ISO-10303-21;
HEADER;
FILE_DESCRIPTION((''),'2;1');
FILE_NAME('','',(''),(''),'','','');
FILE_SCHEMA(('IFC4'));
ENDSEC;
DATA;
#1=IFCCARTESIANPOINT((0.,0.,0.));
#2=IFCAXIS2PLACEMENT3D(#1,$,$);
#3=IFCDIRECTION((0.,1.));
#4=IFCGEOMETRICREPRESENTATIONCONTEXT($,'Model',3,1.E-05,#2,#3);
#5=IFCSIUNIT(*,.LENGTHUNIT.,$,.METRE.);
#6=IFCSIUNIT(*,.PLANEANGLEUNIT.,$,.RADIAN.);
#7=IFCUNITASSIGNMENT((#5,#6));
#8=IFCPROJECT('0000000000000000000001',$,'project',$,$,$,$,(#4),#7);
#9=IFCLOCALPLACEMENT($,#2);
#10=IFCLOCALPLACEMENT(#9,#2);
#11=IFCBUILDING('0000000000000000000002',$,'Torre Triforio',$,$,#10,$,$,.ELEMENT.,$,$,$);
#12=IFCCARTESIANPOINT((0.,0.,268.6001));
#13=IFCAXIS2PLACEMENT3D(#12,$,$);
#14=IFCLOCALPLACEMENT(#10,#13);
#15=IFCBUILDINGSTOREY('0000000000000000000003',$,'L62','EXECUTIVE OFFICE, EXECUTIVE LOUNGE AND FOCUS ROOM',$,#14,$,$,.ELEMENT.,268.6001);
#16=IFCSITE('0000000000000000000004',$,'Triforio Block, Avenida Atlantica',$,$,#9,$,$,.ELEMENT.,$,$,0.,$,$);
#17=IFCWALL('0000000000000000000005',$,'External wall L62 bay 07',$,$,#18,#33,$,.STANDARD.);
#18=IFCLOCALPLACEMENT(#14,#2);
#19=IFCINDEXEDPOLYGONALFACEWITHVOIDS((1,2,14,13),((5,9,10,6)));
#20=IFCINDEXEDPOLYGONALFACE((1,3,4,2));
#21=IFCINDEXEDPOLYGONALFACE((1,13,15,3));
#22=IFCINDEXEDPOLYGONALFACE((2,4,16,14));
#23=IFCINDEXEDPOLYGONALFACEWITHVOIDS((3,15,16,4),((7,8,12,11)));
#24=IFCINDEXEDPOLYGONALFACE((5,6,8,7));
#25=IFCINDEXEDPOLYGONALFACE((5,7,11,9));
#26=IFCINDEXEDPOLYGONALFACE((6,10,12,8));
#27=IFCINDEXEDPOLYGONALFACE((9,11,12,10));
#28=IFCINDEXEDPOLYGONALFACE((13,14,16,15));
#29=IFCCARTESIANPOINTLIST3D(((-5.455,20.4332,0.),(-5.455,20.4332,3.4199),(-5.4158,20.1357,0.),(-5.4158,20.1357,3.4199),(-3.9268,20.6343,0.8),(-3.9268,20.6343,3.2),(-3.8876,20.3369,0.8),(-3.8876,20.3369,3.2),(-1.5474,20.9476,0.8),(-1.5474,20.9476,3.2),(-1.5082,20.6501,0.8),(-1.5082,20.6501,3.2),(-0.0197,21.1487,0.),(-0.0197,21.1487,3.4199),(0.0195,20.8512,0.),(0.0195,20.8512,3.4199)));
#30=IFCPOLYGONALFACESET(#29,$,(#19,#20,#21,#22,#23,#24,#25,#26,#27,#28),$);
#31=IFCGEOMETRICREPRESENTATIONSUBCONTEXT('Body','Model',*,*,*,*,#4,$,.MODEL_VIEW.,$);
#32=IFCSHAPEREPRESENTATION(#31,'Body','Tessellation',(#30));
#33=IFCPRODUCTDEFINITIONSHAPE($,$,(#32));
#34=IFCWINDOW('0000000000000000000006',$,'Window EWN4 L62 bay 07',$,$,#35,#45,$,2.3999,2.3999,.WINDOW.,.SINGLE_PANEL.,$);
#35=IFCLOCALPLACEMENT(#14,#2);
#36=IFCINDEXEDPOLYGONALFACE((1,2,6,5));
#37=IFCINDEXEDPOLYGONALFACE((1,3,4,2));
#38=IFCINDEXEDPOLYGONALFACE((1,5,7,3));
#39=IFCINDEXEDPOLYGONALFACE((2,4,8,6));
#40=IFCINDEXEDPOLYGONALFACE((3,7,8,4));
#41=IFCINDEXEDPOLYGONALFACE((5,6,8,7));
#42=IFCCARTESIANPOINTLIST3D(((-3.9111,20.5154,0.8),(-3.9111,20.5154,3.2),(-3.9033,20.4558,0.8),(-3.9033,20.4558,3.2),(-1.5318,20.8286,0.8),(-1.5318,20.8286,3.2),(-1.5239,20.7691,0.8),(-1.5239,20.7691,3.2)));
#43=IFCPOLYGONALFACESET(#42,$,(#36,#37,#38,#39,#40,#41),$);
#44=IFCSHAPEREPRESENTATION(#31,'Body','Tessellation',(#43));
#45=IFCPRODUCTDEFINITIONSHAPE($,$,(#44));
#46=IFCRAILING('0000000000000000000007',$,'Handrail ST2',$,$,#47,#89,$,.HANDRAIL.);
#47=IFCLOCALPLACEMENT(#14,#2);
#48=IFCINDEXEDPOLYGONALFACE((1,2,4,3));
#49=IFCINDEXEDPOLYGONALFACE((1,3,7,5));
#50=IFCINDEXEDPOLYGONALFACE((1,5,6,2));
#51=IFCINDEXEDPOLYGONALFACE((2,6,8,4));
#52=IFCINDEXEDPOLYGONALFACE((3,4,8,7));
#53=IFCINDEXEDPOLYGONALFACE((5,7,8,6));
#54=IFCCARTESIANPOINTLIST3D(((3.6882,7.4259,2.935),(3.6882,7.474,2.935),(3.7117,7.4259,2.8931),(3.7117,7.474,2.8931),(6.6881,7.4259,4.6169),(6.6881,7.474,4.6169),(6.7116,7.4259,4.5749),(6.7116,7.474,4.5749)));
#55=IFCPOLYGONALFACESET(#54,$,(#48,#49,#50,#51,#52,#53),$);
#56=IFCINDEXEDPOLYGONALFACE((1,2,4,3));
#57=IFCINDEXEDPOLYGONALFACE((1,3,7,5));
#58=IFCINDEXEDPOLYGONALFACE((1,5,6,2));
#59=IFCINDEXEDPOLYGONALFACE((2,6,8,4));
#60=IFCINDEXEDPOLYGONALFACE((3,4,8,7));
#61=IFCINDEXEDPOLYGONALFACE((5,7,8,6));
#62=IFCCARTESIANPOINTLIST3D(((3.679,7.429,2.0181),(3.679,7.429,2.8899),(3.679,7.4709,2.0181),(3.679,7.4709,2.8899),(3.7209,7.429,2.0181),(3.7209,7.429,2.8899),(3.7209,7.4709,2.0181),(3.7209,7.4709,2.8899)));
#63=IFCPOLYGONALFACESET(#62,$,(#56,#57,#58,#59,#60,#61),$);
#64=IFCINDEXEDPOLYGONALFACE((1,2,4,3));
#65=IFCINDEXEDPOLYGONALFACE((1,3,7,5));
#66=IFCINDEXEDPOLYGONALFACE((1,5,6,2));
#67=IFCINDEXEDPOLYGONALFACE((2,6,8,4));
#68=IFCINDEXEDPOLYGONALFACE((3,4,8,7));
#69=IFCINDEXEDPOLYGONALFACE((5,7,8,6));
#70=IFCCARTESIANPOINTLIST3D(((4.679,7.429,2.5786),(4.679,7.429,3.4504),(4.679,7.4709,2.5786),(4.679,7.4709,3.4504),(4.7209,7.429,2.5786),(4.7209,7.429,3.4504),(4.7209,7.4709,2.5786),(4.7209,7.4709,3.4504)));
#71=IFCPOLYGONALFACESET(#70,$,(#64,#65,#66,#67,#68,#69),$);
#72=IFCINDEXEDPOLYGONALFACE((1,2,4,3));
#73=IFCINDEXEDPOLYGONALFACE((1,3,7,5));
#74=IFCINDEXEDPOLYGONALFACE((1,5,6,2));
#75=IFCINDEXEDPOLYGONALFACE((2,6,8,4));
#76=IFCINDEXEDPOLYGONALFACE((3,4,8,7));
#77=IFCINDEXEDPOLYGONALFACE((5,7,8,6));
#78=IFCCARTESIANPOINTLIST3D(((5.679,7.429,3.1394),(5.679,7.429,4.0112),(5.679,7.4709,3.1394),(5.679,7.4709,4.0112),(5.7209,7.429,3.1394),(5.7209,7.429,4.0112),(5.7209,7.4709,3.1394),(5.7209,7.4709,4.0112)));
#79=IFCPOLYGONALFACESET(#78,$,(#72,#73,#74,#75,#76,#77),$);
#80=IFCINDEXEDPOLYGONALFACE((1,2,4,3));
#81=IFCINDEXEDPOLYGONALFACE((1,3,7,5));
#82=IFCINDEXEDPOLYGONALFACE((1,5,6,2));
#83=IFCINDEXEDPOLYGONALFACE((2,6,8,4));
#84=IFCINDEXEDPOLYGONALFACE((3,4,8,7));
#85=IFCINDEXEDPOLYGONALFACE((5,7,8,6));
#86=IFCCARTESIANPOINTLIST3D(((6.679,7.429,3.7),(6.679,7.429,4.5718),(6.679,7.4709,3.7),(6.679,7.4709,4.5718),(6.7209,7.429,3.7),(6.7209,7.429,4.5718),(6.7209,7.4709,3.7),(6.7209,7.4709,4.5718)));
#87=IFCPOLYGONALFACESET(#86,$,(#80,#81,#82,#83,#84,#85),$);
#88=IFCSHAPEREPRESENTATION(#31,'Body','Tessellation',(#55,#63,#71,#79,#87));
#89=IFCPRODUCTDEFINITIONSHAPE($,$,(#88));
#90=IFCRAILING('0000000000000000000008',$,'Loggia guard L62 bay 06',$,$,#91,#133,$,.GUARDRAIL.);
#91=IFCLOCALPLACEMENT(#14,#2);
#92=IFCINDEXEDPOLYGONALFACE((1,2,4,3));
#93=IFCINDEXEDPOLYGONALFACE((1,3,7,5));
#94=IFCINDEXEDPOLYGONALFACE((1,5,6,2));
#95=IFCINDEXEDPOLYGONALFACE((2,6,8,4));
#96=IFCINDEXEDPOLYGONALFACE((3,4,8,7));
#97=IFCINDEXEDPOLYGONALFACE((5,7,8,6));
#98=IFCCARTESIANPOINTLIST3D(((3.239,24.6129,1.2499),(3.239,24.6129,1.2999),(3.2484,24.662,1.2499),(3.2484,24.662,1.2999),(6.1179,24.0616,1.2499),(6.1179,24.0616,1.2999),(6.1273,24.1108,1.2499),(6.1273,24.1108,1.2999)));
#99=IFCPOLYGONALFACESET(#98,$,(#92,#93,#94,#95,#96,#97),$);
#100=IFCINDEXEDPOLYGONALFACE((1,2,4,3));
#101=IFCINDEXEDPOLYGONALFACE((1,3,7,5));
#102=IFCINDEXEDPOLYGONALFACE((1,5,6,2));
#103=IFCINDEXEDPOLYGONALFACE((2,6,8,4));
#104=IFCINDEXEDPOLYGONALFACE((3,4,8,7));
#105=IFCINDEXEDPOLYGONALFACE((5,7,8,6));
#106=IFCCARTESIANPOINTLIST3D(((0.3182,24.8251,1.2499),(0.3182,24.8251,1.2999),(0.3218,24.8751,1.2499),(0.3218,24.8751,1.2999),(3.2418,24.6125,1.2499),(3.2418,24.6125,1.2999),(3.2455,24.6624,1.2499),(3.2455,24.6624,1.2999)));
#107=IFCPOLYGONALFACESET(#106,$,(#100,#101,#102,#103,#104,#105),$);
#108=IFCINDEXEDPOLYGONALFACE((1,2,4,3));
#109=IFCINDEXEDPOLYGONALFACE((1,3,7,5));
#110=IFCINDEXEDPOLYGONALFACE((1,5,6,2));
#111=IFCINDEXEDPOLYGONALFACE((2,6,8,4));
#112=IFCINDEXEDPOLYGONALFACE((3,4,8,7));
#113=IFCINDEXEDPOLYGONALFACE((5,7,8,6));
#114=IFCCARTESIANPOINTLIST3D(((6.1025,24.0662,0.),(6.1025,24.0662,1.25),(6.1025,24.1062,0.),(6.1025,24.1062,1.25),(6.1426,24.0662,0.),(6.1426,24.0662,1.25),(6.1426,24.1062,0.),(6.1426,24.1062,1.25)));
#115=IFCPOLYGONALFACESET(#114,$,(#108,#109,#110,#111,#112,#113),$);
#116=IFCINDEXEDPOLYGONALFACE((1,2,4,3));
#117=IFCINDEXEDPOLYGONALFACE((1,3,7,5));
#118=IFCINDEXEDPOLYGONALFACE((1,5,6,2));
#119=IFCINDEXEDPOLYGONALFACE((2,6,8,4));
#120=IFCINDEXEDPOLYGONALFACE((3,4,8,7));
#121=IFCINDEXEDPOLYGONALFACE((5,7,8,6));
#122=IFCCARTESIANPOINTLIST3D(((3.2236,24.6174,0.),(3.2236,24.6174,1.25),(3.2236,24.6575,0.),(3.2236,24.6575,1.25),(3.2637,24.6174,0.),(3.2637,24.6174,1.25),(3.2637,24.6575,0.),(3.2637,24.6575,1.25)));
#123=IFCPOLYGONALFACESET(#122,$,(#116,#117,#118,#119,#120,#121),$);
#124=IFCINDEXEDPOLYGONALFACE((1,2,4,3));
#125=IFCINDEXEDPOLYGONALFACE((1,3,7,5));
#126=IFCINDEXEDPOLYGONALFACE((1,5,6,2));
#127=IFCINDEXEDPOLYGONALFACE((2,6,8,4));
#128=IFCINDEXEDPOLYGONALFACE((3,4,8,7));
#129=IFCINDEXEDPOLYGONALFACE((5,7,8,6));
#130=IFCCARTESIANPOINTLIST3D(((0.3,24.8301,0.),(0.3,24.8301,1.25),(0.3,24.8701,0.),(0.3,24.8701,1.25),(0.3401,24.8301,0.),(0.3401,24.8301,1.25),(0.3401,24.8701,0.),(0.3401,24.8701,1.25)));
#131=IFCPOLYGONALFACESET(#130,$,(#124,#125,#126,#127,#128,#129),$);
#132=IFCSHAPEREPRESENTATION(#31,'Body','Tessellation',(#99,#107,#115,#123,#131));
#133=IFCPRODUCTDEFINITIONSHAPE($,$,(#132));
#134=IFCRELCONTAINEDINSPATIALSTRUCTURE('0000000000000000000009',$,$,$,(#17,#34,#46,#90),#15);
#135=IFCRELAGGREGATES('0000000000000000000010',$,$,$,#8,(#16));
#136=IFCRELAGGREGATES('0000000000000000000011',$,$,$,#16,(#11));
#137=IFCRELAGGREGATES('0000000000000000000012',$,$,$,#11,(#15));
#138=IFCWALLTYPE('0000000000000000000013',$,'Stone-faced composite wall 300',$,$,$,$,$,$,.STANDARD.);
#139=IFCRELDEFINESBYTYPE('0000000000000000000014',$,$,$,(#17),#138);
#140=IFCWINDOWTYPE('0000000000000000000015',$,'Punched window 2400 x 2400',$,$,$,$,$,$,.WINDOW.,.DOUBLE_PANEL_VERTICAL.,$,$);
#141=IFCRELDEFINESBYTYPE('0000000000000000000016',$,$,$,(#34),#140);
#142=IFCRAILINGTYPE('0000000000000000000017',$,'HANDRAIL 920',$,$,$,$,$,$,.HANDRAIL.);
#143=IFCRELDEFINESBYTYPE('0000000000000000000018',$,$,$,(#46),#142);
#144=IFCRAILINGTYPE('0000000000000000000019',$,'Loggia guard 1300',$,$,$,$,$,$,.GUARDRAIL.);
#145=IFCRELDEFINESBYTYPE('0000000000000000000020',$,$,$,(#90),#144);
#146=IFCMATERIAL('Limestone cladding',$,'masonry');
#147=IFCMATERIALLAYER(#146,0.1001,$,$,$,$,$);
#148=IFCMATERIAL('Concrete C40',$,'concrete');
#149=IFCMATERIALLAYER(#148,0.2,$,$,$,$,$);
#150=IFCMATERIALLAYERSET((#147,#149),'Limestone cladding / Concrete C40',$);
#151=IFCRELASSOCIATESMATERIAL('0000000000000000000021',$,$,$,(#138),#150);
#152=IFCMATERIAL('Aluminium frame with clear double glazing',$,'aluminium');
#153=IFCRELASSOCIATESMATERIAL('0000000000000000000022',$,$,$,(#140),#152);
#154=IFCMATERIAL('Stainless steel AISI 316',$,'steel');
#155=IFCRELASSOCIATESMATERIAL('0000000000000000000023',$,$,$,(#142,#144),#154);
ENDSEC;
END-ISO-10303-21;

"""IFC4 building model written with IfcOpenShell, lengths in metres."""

from ifc_helpers import new_model, si_unit, direction, frame, frame_2d, origin, origin_2d, place, context, subcontext, project, spatial, rectangle, extrude, material, layer, layer_set, type_object, element, fill, save


model = new_model("IFC4")

# Units and contexts
model_context = context("Model", 3, precision=1e-05, world=origin(), true_north=direction((0.0, 1.0)))
body_context = subcontext(model_context, "Body", "Model", "MODEL_VIEW")
ifc_project = project(units=[si_unit("LENGTHUNIT", "METRE"), si_unit("PLANEANGLEUNIT", "RADIAN")], contexts=[model_context])

# Site, building, storey
site_placement = place(None, origin())
site = spatial("IfcSite", under=ifc_project, at=site_placement, Name="Triforio Block, Avenida Atlantica", CompositionType="ELEMENT", RefElevation=0.0)
building_placement = place(site_placement, origin())
building = spatial("IfcBuilding", under=site, at=building_placement, Name="Torre Triforio", CompositionType="ELEMENT")
storey_placement = place(building_placement, frame((0.0, 0.0, 268.6001)))
storey = spatial("IfcBuildingStorey", under=building, at=storey_placement, Name="L62", Description="EXECUTIVE OFFICE, EXECUTIVE LOUNGE AND FOCUS ROOM", CompositionType="ELEMENT", Elevation=268.6001)

# Shared definitions
ifc_material_1 = material(Name="Concrete C40", Category="concrete")

# Shared definitions
ifc_material_2 = material(Name="Limestone cladding", Category="masonry")
ifc_layer_1 = layer(ifc_material_2, 0.1001)
ifc_layer_2 = layer(ifc_material_1, 0.2)
ifc_layer_set_1 = layer_set([ifc_layer_1, ifc_layer_2], Name="Limestone cladding / Concrete C40")
wall_type_1 = type_object("IfcWallType", Name="Stone-faced composite wall 300", PredefinedType="STANDARD", material=ifc_layer_set_1)
ifc_material_3 = material(Name="Aluminium frame with clear double glazing", Category="aluminium")

# Wall, opening, window
wall_1_placement = place(storey_placement, frame((0.0, 21.0, 0.0), z_axis=(0.0, 0.0, 1.0), x_axis=(-0.991445, -0.130527, 0.0)))
wall_1 = element("IfcWall", 1, at=wall_1_placement, inside=storey, type_object=wall_type_1, Name="External wall L62 bay 07", PredefinedType="STANDARD", context=body_context, shape_type="SweptSolid", body=[
    extrude(rectangle(XDim=5.4822, YDim=0.3, at=frame_2d((2.7412, 0.0))), origin(), (0.0, 0.0, 1.0), 3.4199),
])
opening_1_placement = place(wall_1_placement, frame((1.541, 0.0, 0.8)))
opening_1 = element("IfcOpeningElement", 2, at=opening_1_placement, cuts=wall_1, PredefinedType="OPENING", context=body_context, shape_type="SweptSolid", body=[
    extrude(rectangle(XDim=2.3999, YDim=2.3999, at=frame_2d((1.2, 1.2))), frame((0.0, 0.1599, 0.0), z_axis=(0.0, -1.0, 0.0), x_axis=(1.0, 0.0, 0.0)), (0.0, 0.0, 1.0), 0.3201),
])
window_type_1 = type_object("IfcWindowType", Name="Punched window 2400 x 2400", PartitioningType="DOUBLE_PANEL_VERTICAL", PredefinedType="WINDOW", material=ifc_material_3)
window_1_placement = place(opening_1_placement, origin())
window_1 = element("IfcWindow", 3, at=window_1_placement, inside=storey, type_object=window_type_1, Name="Window EWN4 L62 bay 07", OverallHeight=2.3999, OverallWidth=2.3999, PartitioningType="SINGLE_PANEL", PredefinedType="WINDOW", context=body_context, shape_type="SweptSolid", body=[
    extrude(rectangle(XDim=2.3999, YDim=2.3999, at=frame_2d((1.2, 1.2))), frame((0.0, 0.03, 0.0), z_axis=(0.0, -1.0, 0.0), x_axis=(1.0, 0.0, 0.0)), (0.0, 0.0, 1.0), 0.0601),
])
fill(opening_1, window_1)

# Railings
ifc_material_4 = material(Name="Stainless steel AISI 316", Category="steel")
railing_type_1 = type_object("IfcRailingType", Name="HANDRAIL 920", PredefinedType="HANDRAIL", material=ifc_material_4)
railing_1_placement = place(storey_placement, frame((3.7, 7.45, 2.0181)))
element("IfcRailing", 4, at=railing_1_placement, inside=storey, type_object=railing_type_1, Name="Handrail ST2", PredefinedType="HANDRAIL", context=body_context, shape_type="SweptSolid", body=[
    extrude(rectangle(XDim=0.0481, YDim=0.0481, at=origin_2d()), frame((0.0, 0.0, 0.896), z_axis=(0.872272, 0.0, 0.48902), x_axis=(0.0, 1.0, 0.0)), (0.0, 0.0, 1.0), 3.4392),
    extrude(rectangle(XDim=0.042, YDim=0.042, at=origin_2d()), origin(), (0.0, 0.0, 1.0), 0.8718),
    extrude(rectangle(XDim=0.042, YDim=0.042, at=origin_2d()), frame((1.0, 0.0, 0.5605)), (0.0, 0.0, 1.0), 0.8718),
    extrude(rectangle(XDim=0.042, YDim=0.042, at=origin_2d()), frame((2.0, 0.0, 1.1213)), (0.0, 0.0, 1.0), 0.8718),
    extrude(rectangle(XDim=0.042, YDim=0.042, at=origin_2d()), frame((3.0, 0.0, 1.6819)), (0.0, 0.0, 1.0), 0.8718),
])
railing_type_2 = type_object("IfcRailingType", Name="Loggia guard 1300", PredefinedType="GUARDRAIL", material=ifc_material_4)
railing_2_placement = place(storey_placement, frame((6.1226, 24.0862, 0.0)))
element("IfcRailing", 5, at=railing_2_placement, inside=storey, type_object=railing_type_2, Name="Loggia guard L62 bay 06", PredefinedType="GUARDRAIL", context=body_context, shape_type="SweptSolid", body=[
    extrude(rectangle(XDim=0.05, YDim=0.05, at=origin_2d()), frame((0.0, 0.0, 1.2749), z_axis=(-0.982156, 0.188069, 0.0), x_axis=(-0.188069, -0.982156, 0.0)), (0.0, 0.0, 1.0), 2.9312),
    extrude(rectangle(XDim=0.05, YDim=0.05, at=origin_2d()), frame((-2.8789, 0.5513, 1.2749), z_axis=(-0.997365, 0.072543, 0.0), x_axis=(-0.072543, -0.997365, 0.0)), (0.0, 0.0, 1.0), 2.9314),
    extrude(rectangle(XDim=0.04, YDim=0.04, at=origin_2d()), origin(), (0.0, 0.0, 1.0), 1.25),
    extrude(rectangle(XDim=0.04, YDim=0.04, at=origin_2d()), frame((-2.8789, 0.5513, 0.0)), (0.0, 0.0, 1.0), 1.25),
    extrude(rectangle(XDim=0.04, YDim=0.04, at=origin_2d()), frame((-5.8025, 0.7639, 0.0)), (0.0, 0.0, 1.0), 1.25),
])

save(model, "model.ifc")
